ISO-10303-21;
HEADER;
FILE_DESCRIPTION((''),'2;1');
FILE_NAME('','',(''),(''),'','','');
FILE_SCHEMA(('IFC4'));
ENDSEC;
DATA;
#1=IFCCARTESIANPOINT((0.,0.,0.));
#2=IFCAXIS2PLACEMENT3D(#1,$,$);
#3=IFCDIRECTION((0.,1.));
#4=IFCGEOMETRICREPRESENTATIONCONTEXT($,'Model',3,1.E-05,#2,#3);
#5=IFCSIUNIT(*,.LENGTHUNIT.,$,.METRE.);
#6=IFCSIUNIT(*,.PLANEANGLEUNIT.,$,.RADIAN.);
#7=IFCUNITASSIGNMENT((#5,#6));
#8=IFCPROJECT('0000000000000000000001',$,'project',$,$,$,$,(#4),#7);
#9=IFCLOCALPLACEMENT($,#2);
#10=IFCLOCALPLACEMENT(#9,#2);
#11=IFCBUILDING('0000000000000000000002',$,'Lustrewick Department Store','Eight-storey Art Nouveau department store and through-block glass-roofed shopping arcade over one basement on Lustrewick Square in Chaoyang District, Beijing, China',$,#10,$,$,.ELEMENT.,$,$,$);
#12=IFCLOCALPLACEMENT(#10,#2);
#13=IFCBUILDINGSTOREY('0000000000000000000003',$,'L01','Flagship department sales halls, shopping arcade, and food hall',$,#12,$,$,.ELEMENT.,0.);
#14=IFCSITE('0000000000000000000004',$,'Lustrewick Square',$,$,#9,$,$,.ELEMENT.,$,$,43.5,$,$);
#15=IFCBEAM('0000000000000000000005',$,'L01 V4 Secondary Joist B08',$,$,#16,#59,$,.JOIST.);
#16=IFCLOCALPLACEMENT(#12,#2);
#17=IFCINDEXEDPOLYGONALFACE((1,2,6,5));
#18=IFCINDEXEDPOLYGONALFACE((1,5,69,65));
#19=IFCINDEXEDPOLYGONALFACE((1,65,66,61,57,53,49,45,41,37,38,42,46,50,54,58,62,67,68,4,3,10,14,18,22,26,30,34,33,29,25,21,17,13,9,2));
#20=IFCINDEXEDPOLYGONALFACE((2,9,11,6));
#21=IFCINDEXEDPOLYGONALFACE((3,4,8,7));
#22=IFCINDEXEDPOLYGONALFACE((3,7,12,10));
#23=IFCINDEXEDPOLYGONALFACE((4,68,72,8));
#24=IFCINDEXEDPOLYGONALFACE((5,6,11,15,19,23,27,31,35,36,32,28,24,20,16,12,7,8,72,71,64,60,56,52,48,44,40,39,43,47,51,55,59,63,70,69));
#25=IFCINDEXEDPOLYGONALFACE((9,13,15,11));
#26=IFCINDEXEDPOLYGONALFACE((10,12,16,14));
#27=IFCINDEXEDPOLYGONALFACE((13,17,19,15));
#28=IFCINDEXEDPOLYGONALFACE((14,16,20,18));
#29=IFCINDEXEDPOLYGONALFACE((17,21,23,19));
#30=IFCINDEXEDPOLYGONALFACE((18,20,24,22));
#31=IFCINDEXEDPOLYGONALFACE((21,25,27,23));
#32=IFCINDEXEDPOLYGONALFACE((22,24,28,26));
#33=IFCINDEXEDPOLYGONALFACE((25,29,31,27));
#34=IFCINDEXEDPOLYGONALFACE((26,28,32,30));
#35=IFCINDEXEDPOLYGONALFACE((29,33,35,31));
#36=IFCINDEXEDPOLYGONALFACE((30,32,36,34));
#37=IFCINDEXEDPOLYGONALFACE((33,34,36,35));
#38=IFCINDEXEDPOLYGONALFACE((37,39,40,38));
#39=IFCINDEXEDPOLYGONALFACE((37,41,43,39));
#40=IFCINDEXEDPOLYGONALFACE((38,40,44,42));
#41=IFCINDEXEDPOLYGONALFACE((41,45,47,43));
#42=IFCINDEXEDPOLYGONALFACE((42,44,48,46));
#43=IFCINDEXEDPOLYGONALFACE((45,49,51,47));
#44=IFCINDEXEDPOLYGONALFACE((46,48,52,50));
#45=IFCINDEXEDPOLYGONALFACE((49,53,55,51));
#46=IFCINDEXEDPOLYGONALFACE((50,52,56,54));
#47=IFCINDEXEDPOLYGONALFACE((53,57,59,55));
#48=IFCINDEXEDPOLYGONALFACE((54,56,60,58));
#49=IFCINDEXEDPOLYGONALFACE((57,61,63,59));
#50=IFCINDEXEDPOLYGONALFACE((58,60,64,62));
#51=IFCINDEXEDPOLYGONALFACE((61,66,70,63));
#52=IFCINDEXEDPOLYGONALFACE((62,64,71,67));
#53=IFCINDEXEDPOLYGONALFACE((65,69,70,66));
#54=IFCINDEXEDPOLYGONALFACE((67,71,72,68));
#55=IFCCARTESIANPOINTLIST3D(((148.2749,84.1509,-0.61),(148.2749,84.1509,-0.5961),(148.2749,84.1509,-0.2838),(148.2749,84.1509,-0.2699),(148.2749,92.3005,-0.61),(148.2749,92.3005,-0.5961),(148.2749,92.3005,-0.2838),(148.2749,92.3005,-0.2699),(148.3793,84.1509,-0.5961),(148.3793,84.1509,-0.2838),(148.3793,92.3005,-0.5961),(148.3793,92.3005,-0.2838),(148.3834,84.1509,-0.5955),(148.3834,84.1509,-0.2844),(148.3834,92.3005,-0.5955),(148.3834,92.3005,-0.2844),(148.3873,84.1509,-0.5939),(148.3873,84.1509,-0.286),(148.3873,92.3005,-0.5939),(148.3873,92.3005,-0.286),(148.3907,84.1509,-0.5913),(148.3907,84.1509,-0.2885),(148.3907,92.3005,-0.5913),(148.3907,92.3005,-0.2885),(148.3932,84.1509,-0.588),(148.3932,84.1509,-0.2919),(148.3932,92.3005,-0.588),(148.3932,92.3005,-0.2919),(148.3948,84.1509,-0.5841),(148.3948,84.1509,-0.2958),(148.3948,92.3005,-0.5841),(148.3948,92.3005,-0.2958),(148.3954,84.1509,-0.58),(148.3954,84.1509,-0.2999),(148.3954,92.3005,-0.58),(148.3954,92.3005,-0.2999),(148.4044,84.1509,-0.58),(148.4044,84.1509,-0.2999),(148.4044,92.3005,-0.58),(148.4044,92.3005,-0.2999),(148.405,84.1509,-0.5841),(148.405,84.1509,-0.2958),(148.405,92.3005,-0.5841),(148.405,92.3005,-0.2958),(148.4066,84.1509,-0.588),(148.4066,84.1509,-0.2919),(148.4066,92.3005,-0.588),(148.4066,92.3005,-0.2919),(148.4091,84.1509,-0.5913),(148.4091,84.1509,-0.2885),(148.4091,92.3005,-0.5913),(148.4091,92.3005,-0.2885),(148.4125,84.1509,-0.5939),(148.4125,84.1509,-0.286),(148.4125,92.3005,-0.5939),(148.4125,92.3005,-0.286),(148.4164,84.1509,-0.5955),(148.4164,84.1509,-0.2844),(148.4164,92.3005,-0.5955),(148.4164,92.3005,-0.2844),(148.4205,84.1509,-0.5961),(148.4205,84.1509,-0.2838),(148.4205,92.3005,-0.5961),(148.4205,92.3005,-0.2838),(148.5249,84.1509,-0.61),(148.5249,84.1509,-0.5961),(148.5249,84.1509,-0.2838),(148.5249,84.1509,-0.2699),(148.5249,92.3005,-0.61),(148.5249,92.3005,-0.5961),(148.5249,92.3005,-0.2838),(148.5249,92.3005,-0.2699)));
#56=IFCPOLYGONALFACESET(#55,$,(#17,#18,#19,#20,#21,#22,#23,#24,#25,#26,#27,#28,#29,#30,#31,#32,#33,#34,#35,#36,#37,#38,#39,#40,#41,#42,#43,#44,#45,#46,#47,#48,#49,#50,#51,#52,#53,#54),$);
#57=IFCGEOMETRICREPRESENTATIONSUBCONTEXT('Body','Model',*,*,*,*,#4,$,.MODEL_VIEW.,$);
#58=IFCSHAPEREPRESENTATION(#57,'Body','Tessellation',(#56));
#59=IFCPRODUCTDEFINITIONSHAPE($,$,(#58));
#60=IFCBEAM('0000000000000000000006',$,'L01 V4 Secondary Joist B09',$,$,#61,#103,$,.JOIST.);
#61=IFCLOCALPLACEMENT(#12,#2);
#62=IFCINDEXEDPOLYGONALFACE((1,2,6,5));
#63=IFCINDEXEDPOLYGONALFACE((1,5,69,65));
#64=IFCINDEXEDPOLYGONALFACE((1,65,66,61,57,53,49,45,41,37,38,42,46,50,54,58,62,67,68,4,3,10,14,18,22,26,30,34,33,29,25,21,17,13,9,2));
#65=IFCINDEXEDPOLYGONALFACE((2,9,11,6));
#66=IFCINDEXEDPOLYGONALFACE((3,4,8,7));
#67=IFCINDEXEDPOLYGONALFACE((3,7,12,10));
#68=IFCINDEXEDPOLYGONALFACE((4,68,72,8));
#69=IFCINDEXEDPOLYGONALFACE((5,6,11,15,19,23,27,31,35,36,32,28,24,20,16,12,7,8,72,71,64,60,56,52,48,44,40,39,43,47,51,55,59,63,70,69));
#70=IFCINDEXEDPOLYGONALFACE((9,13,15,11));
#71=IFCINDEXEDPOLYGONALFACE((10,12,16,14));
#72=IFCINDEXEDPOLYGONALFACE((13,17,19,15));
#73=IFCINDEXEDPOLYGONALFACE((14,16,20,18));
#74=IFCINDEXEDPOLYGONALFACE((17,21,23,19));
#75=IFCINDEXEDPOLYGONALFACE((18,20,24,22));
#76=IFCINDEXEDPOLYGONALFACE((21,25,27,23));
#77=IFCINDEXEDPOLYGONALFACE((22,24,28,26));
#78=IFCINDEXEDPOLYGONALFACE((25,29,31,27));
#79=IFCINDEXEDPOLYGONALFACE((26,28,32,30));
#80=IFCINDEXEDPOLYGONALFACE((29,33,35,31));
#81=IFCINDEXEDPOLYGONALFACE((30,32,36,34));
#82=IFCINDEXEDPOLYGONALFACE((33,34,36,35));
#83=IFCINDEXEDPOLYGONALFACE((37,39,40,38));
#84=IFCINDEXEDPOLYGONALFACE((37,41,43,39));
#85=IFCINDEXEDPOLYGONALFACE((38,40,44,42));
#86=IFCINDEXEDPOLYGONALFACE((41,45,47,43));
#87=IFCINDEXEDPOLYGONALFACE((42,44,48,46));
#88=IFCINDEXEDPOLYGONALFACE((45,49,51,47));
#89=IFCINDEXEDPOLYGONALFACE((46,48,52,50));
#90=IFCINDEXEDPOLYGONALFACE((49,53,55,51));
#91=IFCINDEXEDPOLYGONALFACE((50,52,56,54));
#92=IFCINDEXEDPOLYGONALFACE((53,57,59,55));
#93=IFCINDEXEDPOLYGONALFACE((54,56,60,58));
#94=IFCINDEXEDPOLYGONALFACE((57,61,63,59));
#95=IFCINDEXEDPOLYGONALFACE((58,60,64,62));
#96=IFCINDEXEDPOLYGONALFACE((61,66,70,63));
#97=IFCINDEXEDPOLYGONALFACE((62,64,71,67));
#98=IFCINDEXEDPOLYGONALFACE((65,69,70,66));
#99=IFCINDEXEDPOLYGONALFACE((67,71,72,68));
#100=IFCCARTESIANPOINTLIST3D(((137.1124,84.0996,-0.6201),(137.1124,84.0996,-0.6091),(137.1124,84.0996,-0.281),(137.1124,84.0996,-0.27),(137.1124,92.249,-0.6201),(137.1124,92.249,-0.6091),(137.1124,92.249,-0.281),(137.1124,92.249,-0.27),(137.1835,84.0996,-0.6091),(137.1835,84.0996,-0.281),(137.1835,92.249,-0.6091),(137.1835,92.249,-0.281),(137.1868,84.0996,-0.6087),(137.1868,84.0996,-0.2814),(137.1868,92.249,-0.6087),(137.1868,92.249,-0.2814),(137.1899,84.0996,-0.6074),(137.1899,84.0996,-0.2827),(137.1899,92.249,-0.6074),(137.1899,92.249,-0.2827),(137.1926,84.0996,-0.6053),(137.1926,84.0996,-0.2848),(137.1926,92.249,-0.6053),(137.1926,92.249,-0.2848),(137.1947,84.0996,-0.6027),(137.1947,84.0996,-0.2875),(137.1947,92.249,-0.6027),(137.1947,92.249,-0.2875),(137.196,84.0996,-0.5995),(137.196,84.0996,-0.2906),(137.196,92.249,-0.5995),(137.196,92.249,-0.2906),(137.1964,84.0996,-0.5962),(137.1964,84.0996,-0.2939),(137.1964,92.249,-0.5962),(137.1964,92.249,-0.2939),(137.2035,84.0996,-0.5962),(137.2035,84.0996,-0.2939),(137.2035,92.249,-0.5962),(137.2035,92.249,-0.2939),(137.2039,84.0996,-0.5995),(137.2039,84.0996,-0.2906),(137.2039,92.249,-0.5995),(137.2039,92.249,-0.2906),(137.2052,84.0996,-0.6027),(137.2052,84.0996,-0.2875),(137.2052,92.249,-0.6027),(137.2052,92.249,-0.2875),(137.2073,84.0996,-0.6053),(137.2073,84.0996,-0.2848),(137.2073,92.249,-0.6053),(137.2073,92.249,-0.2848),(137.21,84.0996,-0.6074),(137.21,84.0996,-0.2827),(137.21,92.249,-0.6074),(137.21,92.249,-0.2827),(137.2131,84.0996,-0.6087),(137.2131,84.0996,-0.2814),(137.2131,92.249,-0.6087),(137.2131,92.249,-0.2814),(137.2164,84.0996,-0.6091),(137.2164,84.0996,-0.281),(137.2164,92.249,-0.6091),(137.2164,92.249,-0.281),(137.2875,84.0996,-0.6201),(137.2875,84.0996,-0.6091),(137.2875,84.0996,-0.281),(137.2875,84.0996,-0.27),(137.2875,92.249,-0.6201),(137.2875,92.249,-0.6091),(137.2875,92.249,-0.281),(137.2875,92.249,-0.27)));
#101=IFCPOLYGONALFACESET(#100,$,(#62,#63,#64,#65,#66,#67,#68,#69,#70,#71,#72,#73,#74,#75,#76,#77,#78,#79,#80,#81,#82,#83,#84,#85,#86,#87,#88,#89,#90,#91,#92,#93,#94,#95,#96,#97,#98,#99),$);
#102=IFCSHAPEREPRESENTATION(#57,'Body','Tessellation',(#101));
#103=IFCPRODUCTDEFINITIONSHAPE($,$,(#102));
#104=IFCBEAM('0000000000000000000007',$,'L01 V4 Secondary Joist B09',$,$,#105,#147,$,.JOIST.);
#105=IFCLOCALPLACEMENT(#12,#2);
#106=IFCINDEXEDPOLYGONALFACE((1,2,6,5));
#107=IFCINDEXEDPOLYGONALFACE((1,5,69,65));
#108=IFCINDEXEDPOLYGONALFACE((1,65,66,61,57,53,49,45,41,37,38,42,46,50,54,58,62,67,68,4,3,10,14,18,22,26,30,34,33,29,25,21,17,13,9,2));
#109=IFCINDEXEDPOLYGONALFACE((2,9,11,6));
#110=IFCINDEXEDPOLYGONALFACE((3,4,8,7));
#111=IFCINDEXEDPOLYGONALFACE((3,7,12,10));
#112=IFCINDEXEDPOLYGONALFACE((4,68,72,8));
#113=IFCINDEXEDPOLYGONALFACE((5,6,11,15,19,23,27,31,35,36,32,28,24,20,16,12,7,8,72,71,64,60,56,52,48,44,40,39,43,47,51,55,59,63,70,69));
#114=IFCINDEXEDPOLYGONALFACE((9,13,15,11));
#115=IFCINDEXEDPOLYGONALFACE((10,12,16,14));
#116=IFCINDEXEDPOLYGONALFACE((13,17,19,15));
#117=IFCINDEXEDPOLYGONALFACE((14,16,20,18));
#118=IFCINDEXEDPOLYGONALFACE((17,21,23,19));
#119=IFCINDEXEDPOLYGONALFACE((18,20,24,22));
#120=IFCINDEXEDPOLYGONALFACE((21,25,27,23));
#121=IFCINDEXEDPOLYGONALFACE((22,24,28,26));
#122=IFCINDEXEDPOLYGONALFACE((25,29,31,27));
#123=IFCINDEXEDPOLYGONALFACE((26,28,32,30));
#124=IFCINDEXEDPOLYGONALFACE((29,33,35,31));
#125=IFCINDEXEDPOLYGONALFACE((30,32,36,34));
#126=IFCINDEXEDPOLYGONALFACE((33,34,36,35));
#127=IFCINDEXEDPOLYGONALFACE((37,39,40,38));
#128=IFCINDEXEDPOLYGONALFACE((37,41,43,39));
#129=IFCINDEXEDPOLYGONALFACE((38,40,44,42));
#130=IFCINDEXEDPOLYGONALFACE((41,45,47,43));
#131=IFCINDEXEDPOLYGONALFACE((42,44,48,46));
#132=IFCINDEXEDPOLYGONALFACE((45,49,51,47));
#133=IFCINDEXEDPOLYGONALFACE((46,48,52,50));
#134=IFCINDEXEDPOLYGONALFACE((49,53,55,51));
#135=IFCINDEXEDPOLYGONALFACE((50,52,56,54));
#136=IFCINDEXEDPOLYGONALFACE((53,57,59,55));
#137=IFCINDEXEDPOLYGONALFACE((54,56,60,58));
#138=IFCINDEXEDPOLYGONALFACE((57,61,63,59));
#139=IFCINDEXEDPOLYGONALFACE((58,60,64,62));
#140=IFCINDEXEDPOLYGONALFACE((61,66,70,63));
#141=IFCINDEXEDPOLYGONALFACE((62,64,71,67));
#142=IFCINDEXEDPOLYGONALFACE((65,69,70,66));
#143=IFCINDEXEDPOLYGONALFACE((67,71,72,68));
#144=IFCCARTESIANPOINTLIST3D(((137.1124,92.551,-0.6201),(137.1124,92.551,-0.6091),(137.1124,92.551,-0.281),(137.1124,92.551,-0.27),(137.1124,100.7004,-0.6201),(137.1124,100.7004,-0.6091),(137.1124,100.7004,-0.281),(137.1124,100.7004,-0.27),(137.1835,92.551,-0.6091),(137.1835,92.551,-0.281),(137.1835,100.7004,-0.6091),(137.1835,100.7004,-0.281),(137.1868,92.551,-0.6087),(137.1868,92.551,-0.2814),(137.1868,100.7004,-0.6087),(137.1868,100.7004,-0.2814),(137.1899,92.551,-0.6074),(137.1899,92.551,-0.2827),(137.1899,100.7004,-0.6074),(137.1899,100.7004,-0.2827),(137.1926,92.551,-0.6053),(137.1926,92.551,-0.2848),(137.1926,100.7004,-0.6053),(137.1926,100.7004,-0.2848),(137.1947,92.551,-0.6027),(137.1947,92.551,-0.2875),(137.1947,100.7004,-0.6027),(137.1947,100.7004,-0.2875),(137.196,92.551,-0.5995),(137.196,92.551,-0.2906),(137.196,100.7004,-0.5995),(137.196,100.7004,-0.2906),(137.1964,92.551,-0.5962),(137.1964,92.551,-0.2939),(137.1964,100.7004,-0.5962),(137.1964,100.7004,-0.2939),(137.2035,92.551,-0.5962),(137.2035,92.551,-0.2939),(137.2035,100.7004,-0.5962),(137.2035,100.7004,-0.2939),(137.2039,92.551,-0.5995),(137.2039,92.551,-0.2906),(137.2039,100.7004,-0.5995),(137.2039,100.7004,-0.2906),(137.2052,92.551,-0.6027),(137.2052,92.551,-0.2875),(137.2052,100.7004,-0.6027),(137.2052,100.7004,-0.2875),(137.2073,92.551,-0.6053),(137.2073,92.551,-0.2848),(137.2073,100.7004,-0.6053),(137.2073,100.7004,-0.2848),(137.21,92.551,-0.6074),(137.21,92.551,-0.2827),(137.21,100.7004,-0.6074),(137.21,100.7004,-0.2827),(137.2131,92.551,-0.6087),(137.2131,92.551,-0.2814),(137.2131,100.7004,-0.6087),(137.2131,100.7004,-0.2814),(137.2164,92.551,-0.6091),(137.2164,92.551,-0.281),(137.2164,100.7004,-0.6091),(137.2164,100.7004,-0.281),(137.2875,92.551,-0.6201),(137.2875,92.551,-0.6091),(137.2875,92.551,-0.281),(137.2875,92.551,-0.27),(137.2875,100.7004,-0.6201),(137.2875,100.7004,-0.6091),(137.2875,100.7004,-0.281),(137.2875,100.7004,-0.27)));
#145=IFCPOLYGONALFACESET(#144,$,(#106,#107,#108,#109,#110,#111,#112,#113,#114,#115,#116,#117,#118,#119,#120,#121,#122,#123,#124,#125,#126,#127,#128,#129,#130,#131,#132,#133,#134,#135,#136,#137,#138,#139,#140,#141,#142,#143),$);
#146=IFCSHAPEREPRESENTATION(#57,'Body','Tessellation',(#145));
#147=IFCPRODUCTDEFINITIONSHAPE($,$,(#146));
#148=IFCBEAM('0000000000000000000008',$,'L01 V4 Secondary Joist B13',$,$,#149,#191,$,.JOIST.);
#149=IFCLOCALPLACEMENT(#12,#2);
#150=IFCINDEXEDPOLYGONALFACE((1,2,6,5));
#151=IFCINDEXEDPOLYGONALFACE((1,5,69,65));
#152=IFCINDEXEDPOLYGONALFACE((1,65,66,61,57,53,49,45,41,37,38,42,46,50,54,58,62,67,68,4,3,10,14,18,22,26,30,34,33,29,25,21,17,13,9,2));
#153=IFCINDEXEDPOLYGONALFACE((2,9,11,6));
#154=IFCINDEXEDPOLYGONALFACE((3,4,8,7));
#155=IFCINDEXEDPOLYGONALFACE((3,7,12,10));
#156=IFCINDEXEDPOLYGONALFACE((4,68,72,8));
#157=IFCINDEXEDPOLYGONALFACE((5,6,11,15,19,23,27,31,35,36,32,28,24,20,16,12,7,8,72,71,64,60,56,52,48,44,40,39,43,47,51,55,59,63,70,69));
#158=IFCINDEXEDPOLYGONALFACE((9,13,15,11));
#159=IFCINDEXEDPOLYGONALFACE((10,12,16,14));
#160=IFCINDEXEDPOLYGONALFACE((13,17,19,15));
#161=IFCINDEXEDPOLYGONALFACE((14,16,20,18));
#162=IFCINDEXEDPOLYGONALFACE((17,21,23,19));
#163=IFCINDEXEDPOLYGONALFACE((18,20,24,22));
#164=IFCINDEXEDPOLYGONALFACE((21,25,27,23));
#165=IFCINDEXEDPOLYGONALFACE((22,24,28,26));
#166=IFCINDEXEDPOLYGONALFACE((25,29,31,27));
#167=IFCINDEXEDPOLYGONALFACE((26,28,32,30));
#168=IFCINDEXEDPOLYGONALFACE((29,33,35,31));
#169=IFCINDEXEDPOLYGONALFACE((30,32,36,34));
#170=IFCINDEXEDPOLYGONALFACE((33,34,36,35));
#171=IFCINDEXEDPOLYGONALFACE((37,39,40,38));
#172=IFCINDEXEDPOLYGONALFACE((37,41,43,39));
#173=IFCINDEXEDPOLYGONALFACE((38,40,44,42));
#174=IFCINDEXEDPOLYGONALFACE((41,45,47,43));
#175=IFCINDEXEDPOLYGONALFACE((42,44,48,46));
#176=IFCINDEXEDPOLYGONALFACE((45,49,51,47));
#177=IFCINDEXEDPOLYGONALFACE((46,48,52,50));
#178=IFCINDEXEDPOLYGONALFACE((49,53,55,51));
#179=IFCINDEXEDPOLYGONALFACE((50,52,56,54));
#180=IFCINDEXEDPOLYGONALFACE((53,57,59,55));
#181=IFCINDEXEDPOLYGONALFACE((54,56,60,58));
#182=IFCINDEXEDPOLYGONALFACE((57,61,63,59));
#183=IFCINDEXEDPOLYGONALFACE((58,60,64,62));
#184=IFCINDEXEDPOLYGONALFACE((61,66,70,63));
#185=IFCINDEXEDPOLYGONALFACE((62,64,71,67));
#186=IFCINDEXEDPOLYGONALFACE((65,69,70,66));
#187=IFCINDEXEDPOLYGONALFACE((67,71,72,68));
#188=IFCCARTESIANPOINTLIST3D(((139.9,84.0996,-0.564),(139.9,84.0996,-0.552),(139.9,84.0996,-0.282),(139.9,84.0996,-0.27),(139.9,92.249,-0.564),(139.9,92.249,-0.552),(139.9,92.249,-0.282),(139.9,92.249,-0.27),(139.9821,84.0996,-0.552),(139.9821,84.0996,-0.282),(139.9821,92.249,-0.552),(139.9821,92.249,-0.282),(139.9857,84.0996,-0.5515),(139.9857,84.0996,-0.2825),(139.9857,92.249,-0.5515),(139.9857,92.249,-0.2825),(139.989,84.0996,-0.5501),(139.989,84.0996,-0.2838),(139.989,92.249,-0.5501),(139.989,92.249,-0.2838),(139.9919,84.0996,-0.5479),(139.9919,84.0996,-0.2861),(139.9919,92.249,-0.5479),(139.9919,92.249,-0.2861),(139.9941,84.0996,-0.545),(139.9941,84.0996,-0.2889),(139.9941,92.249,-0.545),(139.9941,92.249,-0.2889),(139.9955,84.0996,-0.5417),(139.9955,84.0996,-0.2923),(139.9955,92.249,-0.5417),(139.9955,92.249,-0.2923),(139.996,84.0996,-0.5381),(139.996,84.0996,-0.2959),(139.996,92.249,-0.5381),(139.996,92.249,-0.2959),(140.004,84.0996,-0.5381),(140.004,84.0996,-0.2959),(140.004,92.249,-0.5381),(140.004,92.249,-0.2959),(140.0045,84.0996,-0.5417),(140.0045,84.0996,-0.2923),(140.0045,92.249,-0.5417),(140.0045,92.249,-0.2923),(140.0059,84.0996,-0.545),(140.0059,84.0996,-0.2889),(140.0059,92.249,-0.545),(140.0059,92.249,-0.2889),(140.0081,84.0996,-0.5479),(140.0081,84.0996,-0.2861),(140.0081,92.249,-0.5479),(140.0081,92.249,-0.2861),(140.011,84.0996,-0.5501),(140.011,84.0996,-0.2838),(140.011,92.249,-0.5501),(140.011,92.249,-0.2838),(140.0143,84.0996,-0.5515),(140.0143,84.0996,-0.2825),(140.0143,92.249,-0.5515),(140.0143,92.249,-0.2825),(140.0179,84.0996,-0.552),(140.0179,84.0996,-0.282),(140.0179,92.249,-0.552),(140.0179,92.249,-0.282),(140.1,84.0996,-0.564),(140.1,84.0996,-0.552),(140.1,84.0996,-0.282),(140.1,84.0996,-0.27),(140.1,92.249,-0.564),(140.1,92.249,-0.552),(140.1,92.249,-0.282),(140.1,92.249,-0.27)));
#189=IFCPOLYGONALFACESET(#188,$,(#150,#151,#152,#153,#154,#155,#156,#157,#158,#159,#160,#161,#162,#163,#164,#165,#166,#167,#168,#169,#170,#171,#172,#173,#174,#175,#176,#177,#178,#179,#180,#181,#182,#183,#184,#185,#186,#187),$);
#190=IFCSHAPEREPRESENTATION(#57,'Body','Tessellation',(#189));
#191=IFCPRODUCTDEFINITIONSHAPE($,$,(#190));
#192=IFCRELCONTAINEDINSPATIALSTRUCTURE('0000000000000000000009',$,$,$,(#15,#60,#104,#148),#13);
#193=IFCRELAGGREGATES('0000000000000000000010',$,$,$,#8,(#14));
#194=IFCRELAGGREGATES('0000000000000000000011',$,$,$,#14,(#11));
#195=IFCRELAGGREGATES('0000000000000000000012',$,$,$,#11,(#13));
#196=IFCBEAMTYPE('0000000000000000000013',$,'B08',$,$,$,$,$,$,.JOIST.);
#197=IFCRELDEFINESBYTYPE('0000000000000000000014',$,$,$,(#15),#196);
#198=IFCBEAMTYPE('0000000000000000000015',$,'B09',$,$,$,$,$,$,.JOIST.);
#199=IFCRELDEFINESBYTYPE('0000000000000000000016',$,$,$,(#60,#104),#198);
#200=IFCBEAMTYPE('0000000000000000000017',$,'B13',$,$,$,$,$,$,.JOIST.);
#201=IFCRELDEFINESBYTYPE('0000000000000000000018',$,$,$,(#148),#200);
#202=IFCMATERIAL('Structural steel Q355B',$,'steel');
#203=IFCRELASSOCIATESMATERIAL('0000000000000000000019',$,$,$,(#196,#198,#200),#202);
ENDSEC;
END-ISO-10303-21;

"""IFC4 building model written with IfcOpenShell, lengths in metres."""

from ifc_helpers import new_model, si_unit, direction, frame, origin, origin_2d, place, context, subcontext, project, spatial, i_section, extrude, material, material_profile, profile_set, type_object, element, save


model = new_model("IFC4")

# Units and contexts
model_context = context("Model", 3, precision=1e-05, world=origin(), true_north=direction((0.0, 1.0)))
body_context = subcontext(model_context, "Body", "Model", "MODEL_VIEW")
ifc_project = project(units=[si_unit("LENGTHUNIT", "METRE"), si_unit("PLANEANGLEUNIT", "RADIAN")], contexts=[model_context])

# Site, building, storey
site_placement = place(None, origin())
site = spatial("IfcSite", under=ifc_project, at=site_placement, Name="Lustrewick Square", CompositionType="ELEMENT", RefElevation=43.5)
building_placement = place(site_placement, origin())
building = spatial("IfcBuilding", under=site, at=building_placement, Name="Lustrewick Department Store", Description="Eight-storey Art Nouveau department store and through-block glass-roofed shopping arcade over one basement on Lustrewick Square in Chaoyang District, Beijing, China", CompositionType="ELEMENT")
storey_placement = place(building_placement, origin())
storey = spatial("IfcBuildingStorey", under=building, at=storey_placement, Name="L01", Description="Flagship department sales halls, shopping arcade, and food hall", CompositionType="ELEMENT", Elevation=0.0)

# Shared definitions
ifc_material_1 = material(Name="Structural steel Q355B", Category="steel")

# Beams
ifc_material_profile_1 = material_profile(ifc_material_1, i_section(OverallWidth=0.25, OverallDepth=0.3401, WebThickness=0.009, FlangeThickness=0.0139, FilletRadius=0.0161, at=origin_2d()), Name="HM 340x250x9x14")
ifc_profile_set_1 = profile_set([ifc_material_profile_1], Name="Structural steel Q355B")
beam_type_1 = type_object("IfcBeamType", Name="B08", PredefinedType="JOIST", material=ifc_profile_set_1)
beam_1_placement = place(storey_placement, frame((148.3999, 84.1509, -0.4399), z_axis=(0.0, 1.0, 0.0), x_axis=(-1.0, 0.0, 0.0)))
element("IfcBeam", 1, at=beam_1_placement, inside=storey, type_object=beam_type_1, Name="L01 V4 Secondary Joist B08", PredefinedType="JOIST", context=body_context, shape_type="SweptSolid", body=[
    extrude(i_section(OverallWidth=0.25, OverallDepth=0.3401, WebThickness=0.009, FlangeThickness=0.0139, FilletRadius=0.0161, at=origin_2d()), origin(), (0.0, 0.0, 1.0), 8.1497),
])
ifc_material_profile_2 = material_profile(ifc_material_1, i_section(OverallWidth=0.175, OverallDepth=0.3501, WebThickness=0.0071, FlangeThickness=0.011, FilletRadius=0.0129, at=origin_2d()), Name="HN 350x175x7x11")
ifc_profile_set_2 = profile_set([ifc_material_profile_2], Name="Structural steel Q355B")
beam_type_2 = type_object("IfcBeamType", Name="B09", PredefinedType="JOIST", material=ifc_profile_set_2)
for number, where, z_axis, x_axis, name in (
    (2, (137.2, 84.0996, -0.4451), (0.0, 1.0, 0.0), (-1.0, 0.0, 0.0), "L01 V4 Secondary Joist B09"),
    (3, (137.2, 92.551, -0.4451), (0.0, 1.0, 0.0), (-1.0, 0.0, 0.0), "L01 V4 Secondary Joist B09"),
):
    element("IfcBeam", number, at=place(storey_placement, frame(where, z_axis=z_axis, x_axis=x_axis)), inside=storey, type_object=beam_type_2, Name=name, PredefinedType="JOIST", context=body_context, shape_type="SweptSolid", body=[
        extrude(i_section(OverallWidth=0.175, OverallDepth=0.3501, WebThickness=0.0071, FlangeThickness=0.011, FilletRadius=0.0129, at=origin_2d()), origin(), (0.0, 0.0, 1.0), 8.1494),
    ])
ifc_material_profile_3 = material_profile(ifc_material_1, i_section(OverallWidth=0.2, OverallDepth=0.2939, WebThickness=0.0081, FlangeThickness=0.012, FilletRadius=0.0139, at=origin_2d()), Name="HM 294x200x8x12")
ifc_profile_set_3 = profile_set([ifc_material_profile_3], Name="Structural steel Q355B")
beam_type_3 = type_object("IfcBeamType", Name="B13", PredefinedType="JOIST", material=ifc_profile_set_3)
for number, where, z_axis, x_axis, name in (
    (4, (140.0, 84.0996, -0.417), (0.0, 1.0, 0.0), (-1.0, 0.0, 0.0), "L01 V4 Secondary Joist B13"),
):
    element("IfcBeam", number, at=place(storey_placement, frame(where, z_axis=z_axis, x_axis=x_axis)), inside=storey, type_object=beam_type_3, Name=name, PredefinedType="JOIST", context=body_context, shape_type="SweptSolid", body=[
        extrude(i_section(OverallWidth=0.2, OverallDepth=0.2939, WebThickness=0.0081, FlangeThickness=0.012, FilletRadius=0.0139, at=origin_2d()), origin(), (0.0, 0.0, 1.0), 8.1494),
    ])

save(model, "model.ifc")
